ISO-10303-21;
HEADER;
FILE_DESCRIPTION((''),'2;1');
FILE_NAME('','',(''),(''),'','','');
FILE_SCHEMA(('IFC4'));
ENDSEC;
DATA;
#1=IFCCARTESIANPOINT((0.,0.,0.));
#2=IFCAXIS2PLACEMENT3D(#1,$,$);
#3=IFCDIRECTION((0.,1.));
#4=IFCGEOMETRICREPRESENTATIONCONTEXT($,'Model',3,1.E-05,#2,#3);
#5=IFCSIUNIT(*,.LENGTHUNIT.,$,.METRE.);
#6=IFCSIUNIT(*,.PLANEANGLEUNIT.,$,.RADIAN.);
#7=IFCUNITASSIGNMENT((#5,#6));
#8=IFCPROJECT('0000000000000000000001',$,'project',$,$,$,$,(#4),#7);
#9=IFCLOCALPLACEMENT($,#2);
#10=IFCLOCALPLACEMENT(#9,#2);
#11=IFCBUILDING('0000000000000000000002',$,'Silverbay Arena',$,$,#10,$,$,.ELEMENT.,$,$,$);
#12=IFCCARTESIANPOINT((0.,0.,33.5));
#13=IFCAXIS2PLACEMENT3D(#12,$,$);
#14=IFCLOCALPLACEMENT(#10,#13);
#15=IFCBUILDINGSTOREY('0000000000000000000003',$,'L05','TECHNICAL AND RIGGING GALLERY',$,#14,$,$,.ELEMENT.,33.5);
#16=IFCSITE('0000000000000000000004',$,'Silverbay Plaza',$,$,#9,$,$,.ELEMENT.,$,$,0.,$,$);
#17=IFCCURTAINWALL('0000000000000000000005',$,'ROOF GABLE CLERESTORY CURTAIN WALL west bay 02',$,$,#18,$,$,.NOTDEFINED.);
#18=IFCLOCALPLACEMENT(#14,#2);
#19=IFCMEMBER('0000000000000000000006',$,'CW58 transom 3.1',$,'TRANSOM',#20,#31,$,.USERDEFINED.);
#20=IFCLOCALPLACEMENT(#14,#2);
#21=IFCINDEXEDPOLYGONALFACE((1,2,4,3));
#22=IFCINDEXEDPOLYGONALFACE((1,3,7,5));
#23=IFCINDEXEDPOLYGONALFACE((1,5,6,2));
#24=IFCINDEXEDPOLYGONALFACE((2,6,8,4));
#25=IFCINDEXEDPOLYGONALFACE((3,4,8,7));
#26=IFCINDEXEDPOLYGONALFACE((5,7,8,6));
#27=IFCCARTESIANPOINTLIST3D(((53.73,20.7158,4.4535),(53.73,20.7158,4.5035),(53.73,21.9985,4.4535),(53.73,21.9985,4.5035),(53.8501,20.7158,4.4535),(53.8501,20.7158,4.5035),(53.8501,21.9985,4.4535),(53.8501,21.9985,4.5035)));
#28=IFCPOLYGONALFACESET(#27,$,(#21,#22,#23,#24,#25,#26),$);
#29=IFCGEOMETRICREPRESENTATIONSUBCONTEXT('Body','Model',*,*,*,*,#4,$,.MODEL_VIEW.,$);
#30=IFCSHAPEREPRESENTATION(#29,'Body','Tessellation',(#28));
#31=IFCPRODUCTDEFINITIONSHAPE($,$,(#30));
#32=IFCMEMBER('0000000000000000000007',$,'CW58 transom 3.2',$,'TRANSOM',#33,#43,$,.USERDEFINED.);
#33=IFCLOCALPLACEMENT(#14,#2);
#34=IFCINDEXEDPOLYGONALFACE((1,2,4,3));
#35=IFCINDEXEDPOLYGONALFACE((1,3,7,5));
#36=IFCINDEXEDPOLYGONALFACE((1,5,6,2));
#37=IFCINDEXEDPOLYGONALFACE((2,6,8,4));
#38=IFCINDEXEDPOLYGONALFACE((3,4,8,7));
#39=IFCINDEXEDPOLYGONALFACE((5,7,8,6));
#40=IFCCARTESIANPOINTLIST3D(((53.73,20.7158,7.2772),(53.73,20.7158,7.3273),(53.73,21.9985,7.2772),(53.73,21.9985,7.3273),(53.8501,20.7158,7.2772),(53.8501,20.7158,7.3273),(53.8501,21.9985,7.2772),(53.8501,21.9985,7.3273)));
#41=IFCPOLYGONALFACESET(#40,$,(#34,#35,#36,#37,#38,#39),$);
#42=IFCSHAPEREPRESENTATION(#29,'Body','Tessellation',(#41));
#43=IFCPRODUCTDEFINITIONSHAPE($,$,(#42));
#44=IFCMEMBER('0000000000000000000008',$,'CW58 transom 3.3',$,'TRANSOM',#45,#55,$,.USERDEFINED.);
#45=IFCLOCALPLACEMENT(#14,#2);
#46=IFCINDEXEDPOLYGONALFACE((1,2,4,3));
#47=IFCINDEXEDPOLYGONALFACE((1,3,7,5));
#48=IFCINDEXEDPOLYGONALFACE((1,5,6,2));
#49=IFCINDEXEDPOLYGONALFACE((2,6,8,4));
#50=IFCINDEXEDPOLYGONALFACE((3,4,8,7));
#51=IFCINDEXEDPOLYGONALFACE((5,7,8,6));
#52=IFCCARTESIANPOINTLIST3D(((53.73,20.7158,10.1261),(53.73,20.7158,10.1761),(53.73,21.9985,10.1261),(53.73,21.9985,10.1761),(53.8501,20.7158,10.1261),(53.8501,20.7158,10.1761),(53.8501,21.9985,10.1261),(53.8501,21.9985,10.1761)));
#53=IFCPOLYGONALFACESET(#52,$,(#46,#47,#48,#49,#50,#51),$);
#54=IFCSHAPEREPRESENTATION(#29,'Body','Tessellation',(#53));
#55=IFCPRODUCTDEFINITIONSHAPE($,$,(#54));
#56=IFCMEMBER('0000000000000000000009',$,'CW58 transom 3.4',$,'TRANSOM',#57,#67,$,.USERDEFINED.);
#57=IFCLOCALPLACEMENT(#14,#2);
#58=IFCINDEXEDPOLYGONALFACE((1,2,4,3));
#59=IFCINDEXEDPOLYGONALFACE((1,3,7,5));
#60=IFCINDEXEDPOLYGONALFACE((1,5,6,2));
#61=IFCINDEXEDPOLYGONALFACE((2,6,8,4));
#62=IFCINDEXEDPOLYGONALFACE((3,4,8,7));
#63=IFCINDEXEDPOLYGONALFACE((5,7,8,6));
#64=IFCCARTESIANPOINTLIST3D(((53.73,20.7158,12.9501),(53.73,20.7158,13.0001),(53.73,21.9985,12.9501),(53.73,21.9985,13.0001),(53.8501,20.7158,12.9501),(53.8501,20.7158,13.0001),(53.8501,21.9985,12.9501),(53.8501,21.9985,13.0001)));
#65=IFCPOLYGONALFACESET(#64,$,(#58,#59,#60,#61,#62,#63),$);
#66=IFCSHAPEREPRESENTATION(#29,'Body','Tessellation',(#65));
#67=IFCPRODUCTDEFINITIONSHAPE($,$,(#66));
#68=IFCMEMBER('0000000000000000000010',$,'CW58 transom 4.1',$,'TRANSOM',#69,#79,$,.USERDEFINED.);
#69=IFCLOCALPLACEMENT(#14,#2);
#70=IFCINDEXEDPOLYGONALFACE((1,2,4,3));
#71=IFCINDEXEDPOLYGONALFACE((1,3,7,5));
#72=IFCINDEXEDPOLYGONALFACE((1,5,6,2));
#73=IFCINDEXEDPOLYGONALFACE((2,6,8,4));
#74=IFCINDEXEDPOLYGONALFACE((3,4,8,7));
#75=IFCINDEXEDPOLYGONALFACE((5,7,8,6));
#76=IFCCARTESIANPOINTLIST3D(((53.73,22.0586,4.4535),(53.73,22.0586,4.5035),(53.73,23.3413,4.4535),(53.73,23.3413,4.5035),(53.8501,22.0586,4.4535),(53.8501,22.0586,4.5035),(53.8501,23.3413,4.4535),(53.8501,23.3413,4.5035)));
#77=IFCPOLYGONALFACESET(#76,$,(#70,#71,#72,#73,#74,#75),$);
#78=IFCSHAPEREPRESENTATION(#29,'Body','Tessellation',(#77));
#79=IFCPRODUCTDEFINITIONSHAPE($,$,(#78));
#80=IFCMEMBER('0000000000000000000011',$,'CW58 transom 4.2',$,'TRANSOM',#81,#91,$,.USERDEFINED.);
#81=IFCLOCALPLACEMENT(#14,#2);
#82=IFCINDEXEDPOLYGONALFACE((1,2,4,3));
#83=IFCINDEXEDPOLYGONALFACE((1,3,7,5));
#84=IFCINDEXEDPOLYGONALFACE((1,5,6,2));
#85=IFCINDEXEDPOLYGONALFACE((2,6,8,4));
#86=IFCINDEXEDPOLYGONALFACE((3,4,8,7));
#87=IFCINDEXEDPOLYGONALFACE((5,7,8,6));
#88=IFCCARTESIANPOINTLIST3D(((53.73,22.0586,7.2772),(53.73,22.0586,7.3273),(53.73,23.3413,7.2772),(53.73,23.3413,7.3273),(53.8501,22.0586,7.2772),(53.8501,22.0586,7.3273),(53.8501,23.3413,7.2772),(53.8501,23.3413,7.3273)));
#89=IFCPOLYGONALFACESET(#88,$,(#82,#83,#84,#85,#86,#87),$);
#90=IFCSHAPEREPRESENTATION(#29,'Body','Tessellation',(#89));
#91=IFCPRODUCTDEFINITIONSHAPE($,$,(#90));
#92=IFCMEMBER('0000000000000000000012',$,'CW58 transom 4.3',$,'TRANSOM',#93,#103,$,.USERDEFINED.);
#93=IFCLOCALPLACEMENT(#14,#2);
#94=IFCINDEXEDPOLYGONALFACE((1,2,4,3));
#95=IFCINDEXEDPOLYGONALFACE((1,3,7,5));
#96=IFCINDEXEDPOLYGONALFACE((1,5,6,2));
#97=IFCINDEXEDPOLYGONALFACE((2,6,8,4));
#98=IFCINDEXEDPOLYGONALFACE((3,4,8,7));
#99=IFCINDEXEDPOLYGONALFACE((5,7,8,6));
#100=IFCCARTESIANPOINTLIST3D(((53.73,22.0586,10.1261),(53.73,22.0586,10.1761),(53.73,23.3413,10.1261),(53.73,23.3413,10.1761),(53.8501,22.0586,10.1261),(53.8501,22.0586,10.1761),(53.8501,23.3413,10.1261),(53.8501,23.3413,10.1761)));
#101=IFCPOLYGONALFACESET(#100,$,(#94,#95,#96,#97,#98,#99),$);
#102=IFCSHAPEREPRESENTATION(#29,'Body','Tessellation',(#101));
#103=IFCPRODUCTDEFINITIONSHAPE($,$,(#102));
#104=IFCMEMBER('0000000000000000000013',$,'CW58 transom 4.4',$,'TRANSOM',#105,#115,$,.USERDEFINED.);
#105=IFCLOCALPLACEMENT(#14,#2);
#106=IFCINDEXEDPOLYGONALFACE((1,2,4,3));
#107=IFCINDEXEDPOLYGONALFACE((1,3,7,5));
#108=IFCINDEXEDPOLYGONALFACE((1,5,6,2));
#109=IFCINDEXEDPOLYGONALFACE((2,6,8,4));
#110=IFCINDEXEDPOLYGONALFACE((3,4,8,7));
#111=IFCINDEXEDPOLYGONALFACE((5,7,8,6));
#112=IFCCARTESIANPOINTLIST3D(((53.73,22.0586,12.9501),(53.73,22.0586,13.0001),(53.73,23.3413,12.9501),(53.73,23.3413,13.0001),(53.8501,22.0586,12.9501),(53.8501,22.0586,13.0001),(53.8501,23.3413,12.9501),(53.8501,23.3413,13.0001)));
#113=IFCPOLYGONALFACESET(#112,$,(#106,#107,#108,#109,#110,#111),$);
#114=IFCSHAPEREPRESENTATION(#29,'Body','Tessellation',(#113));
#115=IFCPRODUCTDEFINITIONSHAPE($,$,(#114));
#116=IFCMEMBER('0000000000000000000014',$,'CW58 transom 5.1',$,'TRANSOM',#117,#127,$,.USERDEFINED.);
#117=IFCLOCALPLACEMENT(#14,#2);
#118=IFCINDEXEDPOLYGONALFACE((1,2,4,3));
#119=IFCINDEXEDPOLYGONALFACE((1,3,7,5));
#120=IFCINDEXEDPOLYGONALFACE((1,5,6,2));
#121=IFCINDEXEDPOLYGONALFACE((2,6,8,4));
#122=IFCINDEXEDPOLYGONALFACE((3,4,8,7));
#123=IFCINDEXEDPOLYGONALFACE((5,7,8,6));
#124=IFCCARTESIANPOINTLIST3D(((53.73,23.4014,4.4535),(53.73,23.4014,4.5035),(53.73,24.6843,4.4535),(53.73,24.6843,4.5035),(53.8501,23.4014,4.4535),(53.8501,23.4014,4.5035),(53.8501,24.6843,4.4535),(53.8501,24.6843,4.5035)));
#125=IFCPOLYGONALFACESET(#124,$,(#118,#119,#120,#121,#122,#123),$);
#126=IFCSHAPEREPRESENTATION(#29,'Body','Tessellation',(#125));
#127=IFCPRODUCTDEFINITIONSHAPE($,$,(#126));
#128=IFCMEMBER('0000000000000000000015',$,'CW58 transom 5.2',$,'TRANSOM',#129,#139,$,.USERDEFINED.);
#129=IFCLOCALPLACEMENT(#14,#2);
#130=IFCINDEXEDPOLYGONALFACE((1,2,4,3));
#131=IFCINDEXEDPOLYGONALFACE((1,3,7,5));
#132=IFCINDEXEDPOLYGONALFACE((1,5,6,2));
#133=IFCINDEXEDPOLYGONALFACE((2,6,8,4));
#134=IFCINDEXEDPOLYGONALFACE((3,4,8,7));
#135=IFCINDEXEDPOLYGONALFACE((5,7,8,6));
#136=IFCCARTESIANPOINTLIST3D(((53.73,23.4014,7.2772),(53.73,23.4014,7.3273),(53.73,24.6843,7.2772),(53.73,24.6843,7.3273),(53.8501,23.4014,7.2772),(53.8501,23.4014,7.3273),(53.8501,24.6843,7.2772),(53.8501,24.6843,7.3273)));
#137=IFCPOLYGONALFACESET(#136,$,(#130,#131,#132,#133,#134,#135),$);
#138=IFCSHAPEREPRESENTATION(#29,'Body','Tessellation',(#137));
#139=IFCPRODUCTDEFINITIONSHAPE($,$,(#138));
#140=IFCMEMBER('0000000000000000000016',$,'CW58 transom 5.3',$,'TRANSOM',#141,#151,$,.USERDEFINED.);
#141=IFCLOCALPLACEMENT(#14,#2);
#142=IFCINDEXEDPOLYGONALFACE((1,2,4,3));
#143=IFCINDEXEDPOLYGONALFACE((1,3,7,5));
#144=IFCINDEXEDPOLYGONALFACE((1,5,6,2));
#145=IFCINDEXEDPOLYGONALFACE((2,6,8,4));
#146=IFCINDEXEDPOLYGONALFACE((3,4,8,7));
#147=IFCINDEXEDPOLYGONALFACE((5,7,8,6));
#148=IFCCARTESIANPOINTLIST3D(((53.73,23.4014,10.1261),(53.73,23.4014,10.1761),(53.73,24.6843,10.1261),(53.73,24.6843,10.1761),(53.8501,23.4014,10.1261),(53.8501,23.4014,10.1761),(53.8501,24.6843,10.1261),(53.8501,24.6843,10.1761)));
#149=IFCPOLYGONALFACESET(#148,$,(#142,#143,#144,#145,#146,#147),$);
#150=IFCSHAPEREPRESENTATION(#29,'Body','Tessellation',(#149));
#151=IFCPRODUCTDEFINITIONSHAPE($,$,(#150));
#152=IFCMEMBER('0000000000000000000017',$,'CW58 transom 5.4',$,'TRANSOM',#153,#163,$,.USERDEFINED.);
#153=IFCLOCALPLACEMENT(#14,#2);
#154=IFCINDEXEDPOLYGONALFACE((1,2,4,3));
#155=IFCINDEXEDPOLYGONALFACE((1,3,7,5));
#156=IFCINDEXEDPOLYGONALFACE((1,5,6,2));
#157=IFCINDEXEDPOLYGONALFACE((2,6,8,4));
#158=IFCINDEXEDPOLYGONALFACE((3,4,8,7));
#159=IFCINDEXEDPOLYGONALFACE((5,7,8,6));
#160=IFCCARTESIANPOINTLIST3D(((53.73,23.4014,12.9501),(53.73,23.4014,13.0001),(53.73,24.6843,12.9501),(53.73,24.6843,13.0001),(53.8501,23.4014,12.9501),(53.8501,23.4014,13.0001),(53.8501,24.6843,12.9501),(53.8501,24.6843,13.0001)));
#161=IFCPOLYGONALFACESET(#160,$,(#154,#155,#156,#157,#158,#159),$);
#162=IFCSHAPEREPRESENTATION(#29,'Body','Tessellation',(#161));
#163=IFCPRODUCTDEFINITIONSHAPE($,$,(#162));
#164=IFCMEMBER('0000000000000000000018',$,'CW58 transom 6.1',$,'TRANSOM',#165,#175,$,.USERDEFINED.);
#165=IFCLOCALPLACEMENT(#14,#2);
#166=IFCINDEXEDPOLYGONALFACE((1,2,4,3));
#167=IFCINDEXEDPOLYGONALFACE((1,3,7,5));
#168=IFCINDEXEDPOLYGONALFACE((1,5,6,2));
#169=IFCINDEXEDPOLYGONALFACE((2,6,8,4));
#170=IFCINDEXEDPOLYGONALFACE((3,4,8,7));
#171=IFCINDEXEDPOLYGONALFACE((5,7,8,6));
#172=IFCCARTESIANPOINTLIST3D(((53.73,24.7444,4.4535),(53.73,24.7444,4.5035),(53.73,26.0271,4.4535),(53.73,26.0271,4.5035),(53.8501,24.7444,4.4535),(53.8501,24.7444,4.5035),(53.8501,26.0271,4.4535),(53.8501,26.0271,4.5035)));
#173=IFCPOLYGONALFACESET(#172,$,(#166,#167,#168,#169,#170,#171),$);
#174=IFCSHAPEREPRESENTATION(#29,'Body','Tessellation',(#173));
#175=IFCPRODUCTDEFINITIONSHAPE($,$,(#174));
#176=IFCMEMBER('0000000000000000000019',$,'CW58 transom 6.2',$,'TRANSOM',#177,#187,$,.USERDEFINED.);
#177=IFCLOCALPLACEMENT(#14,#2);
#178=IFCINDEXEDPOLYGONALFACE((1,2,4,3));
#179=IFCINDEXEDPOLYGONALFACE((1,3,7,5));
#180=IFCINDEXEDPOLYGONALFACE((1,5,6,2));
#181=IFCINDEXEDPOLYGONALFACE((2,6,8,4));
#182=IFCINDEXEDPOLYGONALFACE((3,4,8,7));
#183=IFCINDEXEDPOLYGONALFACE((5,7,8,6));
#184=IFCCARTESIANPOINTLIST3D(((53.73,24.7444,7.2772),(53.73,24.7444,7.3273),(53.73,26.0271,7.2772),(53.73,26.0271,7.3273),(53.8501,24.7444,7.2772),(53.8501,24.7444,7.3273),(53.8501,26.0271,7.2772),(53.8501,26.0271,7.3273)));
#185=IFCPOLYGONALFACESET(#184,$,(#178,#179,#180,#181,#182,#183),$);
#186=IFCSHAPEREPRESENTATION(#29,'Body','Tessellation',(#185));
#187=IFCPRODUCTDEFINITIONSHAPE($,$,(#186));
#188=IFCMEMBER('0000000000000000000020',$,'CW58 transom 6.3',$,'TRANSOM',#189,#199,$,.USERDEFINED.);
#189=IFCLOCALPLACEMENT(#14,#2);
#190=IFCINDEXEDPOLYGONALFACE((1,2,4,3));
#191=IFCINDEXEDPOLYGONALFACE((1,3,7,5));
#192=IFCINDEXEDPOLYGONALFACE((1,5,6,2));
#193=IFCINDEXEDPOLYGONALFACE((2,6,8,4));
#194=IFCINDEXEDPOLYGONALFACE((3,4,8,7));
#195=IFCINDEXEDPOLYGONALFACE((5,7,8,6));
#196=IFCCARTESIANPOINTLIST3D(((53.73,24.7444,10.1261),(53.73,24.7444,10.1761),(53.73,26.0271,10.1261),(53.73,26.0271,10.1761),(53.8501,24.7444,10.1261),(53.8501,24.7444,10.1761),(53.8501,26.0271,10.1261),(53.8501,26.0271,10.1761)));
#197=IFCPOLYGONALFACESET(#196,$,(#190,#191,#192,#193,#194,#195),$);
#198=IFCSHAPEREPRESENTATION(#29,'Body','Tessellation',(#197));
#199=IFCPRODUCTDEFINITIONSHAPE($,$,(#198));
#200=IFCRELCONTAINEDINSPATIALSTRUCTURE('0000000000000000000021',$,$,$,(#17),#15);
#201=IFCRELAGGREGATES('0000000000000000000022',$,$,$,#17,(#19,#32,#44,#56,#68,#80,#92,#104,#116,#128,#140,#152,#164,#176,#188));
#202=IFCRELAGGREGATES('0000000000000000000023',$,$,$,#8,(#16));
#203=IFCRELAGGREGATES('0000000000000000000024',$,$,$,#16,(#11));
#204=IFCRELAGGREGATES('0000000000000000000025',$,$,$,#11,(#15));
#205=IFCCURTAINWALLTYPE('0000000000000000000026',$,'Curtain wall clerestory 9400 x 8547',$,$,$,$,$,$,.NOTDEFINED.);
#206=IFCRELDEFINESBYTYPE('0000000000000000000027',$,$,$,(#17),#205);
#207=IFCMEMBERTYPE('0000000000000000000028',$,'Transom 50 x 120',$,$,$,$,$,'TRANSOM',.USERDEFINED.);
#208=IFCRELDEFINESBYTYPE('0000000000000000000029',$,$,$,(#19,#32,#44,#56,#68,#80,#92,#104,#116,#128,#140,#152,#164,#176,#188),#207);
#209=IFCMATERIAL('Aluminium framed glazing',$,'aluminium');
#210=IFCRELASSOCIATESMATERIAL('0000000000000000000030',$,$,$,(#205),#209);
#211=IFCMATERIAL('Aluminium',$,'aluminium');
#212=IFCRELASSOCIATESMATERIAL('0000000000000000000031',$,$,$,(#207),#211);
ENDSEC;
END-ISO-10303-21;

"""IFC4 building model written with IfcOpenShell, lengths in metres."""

from ifc_helpers import new_model, si_unit, direction, frame, origin, origin_2d, place, context, subcontext, project, spatial, rectangle, extrude, material, material_profile, profile_set, type_object, element, aggregate, save


model = new_model("IFC4")

# Units and contexts
model_context = context("Model", 3, precision=1e-05, world=origin(), true_north=direction((0.0, 1.0)))
body_context = subcontext(model_context, "Body", "Model", "MODEL_VIEW")
ifc_project = project(units=[si_unit("LENGTHUNIT", "METRE"), si_unit("PLANEANGLEUNIT", "RADIAN")], contexts=[model_context])

# Site, building, storey
site_placement = place(None, origin())
site = spatial("IfcSite", under=ifc_project, at=site_placement, Name="Silverbay Plaza", CompositionType="ELEMENT", RefElevation=0.0)
building_placement = place(site_placement, origin())
building = spatial("IfcBuilding", under=site, at=building_placement, Name="Silverbay Arena", CompositionType="ELEMENT")
storey_placement = place(building_placement, frame((0.0, 0.0, 33.5)))
storey = spatial("IfcBuildingStorey", under=building, at=storey_placement, Name="L05", Description="TECHNICAL AND RIGGING GALLERY", CompositionType="ELEMENT", Elevation=33.5)

# Curtain wall, members
ifc_material_1 = material(Name="Aluminium framed glazing", Category="aluminium")
curtain_wall_type = type_object("IfcCurtainWallType", Name="Curtain wall clerestory 9400 x 8547", PredefinedType="NOTDEFINED", material=ifc_material_1)
curtain_wall_placement = place(storey_placement, origin())
curtain_wall = element("IfcCurtainWall", 1, at=curtain_wall_placement, inside=storey, type_object=curtain_wall_type, Name="ROOF GABLE CLERESTORY CURTAIN WALL west bay 02", PredefinedType="NOTDEFINED")
ifc_material_2 = material(Name="Aluminium", Category="aluminium")
ifc_material_profile_1 = material_profile(ifc_material_2, rectangle(XDim=0.1201, YDim=0.05, at=origin_2d()), Name="Transom 50 x 120")
ifc_profile_set_1 = profile_set([ifc_material_profile_1], Name="Aluminium")
member_type_1 = type_object("IfcMemberType", Name="Transom 50 x 120", ElementType="TRANSOM", PredefinedType="USERDEFINED", material=ifc_profile_set_1)
member_1_placement = place(storey_placement, frame((53.79, 20.7158, 4.4785), z_axis=(0.0, 1.0, 0.0), x_axis=(-1.0, 0.0, 0.0)))
member_1 = element("IfcMember", 2, at=member_1_placement, type_object=member_type_1, Name="CW58 transom 3.1", ObjectType="TRANSOM", PredefinedType="USERDEFINED", context=body_context, shape_type="SweptSolid", body=[
    extrude(rectangle(XDim=0.1201, YDim=0.05, at=origin_2d()), origin(), (0.0, 0.0, 1.0), 1.2827),
])
member_2_placement = place(storey_placement, frame((53.79, 20.7158, 7.3022), z_axis=(0.0, 1.0, 0.0), x_axis=(-1.0, 0.0, 0.0)))
member_2 = element("IfcMember", 3, at=member_2_placement, type_object=member_type_1, Name="CW58 transom 3.2", ObjectType="TRANSOM", PredefinedType="USERDEFINED", context=body_context, shape_type="SweptSolid", body=[
    extrude(rectangle(XDim=0.1201, YDim=0.05, at=origin_2d()), origin(), (0.0, 0.0, 1.0), 1.2827),
])
member_3_placement = place(storey_placement, frame((53.79, 20.7158, 10.1511), z_axis=(0.0, 1.0, 0.0), x_axis=(-1.0, 0.0, 0.0)))
member_3 = element("IfcMember", 4, at=member_3_placement, type_object=member_type_1, Name="CW58 transom 3.3", ObjectType="TRANSOM", PredefinedType="USERDEFINED", context=body_context, shape_type="SweptSolid", body=[
    extrude(rectangle(XDim=0.1201, YDim=0.05, at=origin_2d()), origin(), (0.0, 0.0, 1.0), 1.2827),
])
member_4_placement = place(storey_placement, frame((53.79, 20.7158, 12.9751), z_axis=(0.0, 1.0, 0.0), x_axis=(-1.0, 0.0, 0.0)))
member_4 = element("IfcMember", 5, at=member_4_placement, type_object=member_type_1, Name="CW58 transom 3.4", ObjectType="TRANSOM", PredefinedType="USERDEFINED", context=body_context, shape_type="SweptSolid", body=[
    extrude(rectangle(XDim=0.1201, YDim=0.05, at=origin_2d()), origin(), (0.0, 0.0, 1.0), 1.2827),
])
member_5_placement = place(storey_placement, frame((53.79, 22.0586, 4.4785), z_axis=(0.0, 1.0, 0.0), x_axis=(-1.0, 0.0, 0.0)))
member_5 = element("IfcMember", 6, at=member_5_placement, type_object=member_type_1, Name="CW58 transom 4.1", ObjectType="TRANSOM", PredefinedType="USERDEFINED", context=body_context, shape_type="SweptSolid", body=[
    extrude(rectangle(XDim=0.1201, YDim=0.05, at=origin_2d()), origin(), (0.0, 0.0, 1.0), 1.2827),
])
member_6_placement = place(storey_placement, frame((53.79, 22.0586, 7.3022), z_axis=(0.0, 1.0, 0.0), x_axis=(-1.0, 0.0, 0.0)))
member_6 = element("IfcMember", 7, at=member_6_placement, type_object=member_type_1, Name="CW58 transom 4.2", ObjectType="TRANSOM", PredefinedType="USERDEFINED", context=body_context, shape_type="SweptSolid", body=[
    extrude(rectangle(XDim=0.1201, YDim=0.05, at=origin_2d()), origin(), (0.0, 0.0, 1.0), 1.2827),
])
member_7_placement = place(storey_placement, frame((53.79, 22.0586, 10.1511), z_axis=(0.0, 1.0, 0.0), x_axis=(-1.0, 0.0, 0.0)))
member_7 = element("IfcMember", 8, at=member_7_placement, type_object=member_type_1, Name="CW58 transom 4.3", ObjectType="TRANSOM", PredefinedType="USERDEFINED", context=body_context, shape_type="SweptSolid", body=[
    extrude(rectangle(XDim=0.1201, YDim=0.05, at=origin_2d()), origin(), (0.0, 0.0, 1.0), 1.2827),
])
member_8_placement = place(storey_placement, frame((53.79, 22.0586, 12.9751), z_axis=(0.0, 1.0, 0.0), x_axis=(-1.0, 0.0, 0.0)))
member_8 = element("IfcMember", 9, at=member_8_placement, type_object=member_type_1, Name="CW58 transom 4.4", ObjectType="TRANSOM", PredefinedType="USERDEFINED", context=body_context, shape_type="SweptSolid", body=[
    extrude(rectangle(XDim=0.1201, YDim=0.05, at=origin_2d()), origin(), (0.0, 0.0, 1.0), 1.2827),
])
member_9_placement = place(storey_placement, frame((53.79, 23.4014, 4.4785), z_axis=(0.0, 1.0, 0.0), x_axis=(-1.0, 0.0, 0.0)))
member_9 = element("IfcMember", 10, at=member_9_placement, type_object=member_type_1, Name="CW58 transom 5.1", ObjectType="TRANSOM", PredefinedType="USERDEFINED", context=body_context, shape_type="SweptSolid", body=[
    extrude(rectangle(XDim=0.1201, YDim=0.05, at=origin_2d()), origin(), (0.0, 0.0, 1.0), 1.283),
])
member_10_placement = place(storey_placement, frame((53.79, 23.4014, 7.3022), z_axis=(0.0, 1.0, 0.0), x_axis=(-1.0, 0.0, 0.0)))
member_10 = element("IfcMember", 11, at=member_10_placement, type_object=member_type_1, Name="CW58 transom 5.2", ObjectType="TRANSOM", PredefinedType="USERDEFINED", context=body_context, shape_type="SweptSolid", body=[
    extrude(rectangle(XDim=0.1201, YDim=0.05, at=origin_2d()), origin(), (0.0, 0.0, 1.0), 1.283),
])
member_11_placement = place(storey_placement, frame((53.79, 23.4014, 10.1511), z_axis=(0.0, 1.0, 0.0), x_axis=(-1.0, 0.0, 0.0)))
member_11 = element("IfcMember", 12, at=member_11_placement, type_object=member_type_1, Name="CW58 transom 5.3", ObjectType="TRANSOM", PredefinedType="USERDEFINED", context=body_context, shape_type="SweptSolid", body=[
    extrude(rectangle(XDim=0.1201, YDim=0.05, at=origin_2d()), origin(), (0.0, 0.0, 1.0), 1.283),
])
member_12_placement = place(storey_placement, frame((53.79, 23.4014, 12.9751), z_axis=(0.0, 1.0, 0.0), x_axis=(-1.0, 0.0, 0.0)))
member_12 = element("IfcMember", 13, at=member_12_placement, type_object=member_type_1, Name="CW58 transom 5.4", ObjectType="TRANSOM", PredefinedType="USERDEFINED", context=body_context, shape_type="SweptSolid", body=[
    extrude(rectangle(XDim=0.1201, YDim=0.05, at=origin_2d()), origin(), (0.0, 0.0, 1.0), 1.283),
])
member_13_placement = place(storey_placement, frame((53.79, 24.7444, 4.4785), z_axis=(0.0, 1.0, 0.0), x_axis=(-1.0, 0.0, 0.0)))
member_13 = element("IfcMember", 14, at=member_13_placement, type_object=member_type_1, Name="CW58 transom 6.1", ObjectType="TRANSOM", PredefinedType="USERDEFINED", context=body_context, shape_type="SweptSolid", body=[
    extrude(rectangle(XDim=0.1201, YDim=0.05, at=origin_2d()), origin(), (0.0, 0.0, 1.0), 1.2827),
])
member_14_placement = place(storey_placement, frame((53.79, 24.7444, 7.3022), z_axis=(0.0, 1.0, 0.0), x_axis=(-1.0, 0.0, 0.0)))
member_14 = element("IfcMember", 15, at=member_14_placement, type_object=member_type_1, Name="CW58 transom 6.2", ObjectType="TRANSOM", PredefinedType="USERDEFINED", context=body_context, shape_type="SweptSolid", body=[
    extrude(rectangle(XDim=0.1201, YDim=0.05, at=origin_2d()), origin(), (0.0, 0.0, 1.0), 1.2827),
])
member_15_placement = place(storey_placement, frame((53.79, 24.7444, 10.1511), z_axis=(0.0, 1.0, 0.0), x_axis=(-1.0, 0.0, 0.0)))
member_15 = element("IfcMember", 16, at=member_15_placement, type_object=member_type_1, Name="CW58 transom 6.3", ObjectType="TRANSOM", PredefinedType="USERDEFINED", context=body_context, shape_type="SweptSolid", body=[
    extrude(rectangle(XDim=0.1201, YDim=0.05, at=origin_2d()), origin(), (0.0, 0.0, 1.0), 1.2827),
])
aggregate(curtain_wall, [member_1, member_2, member_3, member_4, member_5, member_6, member_7, member_8, member_9, member_10, member_11, member_12, member_13, member_14, member_15])

save(model, "model.ifc")
